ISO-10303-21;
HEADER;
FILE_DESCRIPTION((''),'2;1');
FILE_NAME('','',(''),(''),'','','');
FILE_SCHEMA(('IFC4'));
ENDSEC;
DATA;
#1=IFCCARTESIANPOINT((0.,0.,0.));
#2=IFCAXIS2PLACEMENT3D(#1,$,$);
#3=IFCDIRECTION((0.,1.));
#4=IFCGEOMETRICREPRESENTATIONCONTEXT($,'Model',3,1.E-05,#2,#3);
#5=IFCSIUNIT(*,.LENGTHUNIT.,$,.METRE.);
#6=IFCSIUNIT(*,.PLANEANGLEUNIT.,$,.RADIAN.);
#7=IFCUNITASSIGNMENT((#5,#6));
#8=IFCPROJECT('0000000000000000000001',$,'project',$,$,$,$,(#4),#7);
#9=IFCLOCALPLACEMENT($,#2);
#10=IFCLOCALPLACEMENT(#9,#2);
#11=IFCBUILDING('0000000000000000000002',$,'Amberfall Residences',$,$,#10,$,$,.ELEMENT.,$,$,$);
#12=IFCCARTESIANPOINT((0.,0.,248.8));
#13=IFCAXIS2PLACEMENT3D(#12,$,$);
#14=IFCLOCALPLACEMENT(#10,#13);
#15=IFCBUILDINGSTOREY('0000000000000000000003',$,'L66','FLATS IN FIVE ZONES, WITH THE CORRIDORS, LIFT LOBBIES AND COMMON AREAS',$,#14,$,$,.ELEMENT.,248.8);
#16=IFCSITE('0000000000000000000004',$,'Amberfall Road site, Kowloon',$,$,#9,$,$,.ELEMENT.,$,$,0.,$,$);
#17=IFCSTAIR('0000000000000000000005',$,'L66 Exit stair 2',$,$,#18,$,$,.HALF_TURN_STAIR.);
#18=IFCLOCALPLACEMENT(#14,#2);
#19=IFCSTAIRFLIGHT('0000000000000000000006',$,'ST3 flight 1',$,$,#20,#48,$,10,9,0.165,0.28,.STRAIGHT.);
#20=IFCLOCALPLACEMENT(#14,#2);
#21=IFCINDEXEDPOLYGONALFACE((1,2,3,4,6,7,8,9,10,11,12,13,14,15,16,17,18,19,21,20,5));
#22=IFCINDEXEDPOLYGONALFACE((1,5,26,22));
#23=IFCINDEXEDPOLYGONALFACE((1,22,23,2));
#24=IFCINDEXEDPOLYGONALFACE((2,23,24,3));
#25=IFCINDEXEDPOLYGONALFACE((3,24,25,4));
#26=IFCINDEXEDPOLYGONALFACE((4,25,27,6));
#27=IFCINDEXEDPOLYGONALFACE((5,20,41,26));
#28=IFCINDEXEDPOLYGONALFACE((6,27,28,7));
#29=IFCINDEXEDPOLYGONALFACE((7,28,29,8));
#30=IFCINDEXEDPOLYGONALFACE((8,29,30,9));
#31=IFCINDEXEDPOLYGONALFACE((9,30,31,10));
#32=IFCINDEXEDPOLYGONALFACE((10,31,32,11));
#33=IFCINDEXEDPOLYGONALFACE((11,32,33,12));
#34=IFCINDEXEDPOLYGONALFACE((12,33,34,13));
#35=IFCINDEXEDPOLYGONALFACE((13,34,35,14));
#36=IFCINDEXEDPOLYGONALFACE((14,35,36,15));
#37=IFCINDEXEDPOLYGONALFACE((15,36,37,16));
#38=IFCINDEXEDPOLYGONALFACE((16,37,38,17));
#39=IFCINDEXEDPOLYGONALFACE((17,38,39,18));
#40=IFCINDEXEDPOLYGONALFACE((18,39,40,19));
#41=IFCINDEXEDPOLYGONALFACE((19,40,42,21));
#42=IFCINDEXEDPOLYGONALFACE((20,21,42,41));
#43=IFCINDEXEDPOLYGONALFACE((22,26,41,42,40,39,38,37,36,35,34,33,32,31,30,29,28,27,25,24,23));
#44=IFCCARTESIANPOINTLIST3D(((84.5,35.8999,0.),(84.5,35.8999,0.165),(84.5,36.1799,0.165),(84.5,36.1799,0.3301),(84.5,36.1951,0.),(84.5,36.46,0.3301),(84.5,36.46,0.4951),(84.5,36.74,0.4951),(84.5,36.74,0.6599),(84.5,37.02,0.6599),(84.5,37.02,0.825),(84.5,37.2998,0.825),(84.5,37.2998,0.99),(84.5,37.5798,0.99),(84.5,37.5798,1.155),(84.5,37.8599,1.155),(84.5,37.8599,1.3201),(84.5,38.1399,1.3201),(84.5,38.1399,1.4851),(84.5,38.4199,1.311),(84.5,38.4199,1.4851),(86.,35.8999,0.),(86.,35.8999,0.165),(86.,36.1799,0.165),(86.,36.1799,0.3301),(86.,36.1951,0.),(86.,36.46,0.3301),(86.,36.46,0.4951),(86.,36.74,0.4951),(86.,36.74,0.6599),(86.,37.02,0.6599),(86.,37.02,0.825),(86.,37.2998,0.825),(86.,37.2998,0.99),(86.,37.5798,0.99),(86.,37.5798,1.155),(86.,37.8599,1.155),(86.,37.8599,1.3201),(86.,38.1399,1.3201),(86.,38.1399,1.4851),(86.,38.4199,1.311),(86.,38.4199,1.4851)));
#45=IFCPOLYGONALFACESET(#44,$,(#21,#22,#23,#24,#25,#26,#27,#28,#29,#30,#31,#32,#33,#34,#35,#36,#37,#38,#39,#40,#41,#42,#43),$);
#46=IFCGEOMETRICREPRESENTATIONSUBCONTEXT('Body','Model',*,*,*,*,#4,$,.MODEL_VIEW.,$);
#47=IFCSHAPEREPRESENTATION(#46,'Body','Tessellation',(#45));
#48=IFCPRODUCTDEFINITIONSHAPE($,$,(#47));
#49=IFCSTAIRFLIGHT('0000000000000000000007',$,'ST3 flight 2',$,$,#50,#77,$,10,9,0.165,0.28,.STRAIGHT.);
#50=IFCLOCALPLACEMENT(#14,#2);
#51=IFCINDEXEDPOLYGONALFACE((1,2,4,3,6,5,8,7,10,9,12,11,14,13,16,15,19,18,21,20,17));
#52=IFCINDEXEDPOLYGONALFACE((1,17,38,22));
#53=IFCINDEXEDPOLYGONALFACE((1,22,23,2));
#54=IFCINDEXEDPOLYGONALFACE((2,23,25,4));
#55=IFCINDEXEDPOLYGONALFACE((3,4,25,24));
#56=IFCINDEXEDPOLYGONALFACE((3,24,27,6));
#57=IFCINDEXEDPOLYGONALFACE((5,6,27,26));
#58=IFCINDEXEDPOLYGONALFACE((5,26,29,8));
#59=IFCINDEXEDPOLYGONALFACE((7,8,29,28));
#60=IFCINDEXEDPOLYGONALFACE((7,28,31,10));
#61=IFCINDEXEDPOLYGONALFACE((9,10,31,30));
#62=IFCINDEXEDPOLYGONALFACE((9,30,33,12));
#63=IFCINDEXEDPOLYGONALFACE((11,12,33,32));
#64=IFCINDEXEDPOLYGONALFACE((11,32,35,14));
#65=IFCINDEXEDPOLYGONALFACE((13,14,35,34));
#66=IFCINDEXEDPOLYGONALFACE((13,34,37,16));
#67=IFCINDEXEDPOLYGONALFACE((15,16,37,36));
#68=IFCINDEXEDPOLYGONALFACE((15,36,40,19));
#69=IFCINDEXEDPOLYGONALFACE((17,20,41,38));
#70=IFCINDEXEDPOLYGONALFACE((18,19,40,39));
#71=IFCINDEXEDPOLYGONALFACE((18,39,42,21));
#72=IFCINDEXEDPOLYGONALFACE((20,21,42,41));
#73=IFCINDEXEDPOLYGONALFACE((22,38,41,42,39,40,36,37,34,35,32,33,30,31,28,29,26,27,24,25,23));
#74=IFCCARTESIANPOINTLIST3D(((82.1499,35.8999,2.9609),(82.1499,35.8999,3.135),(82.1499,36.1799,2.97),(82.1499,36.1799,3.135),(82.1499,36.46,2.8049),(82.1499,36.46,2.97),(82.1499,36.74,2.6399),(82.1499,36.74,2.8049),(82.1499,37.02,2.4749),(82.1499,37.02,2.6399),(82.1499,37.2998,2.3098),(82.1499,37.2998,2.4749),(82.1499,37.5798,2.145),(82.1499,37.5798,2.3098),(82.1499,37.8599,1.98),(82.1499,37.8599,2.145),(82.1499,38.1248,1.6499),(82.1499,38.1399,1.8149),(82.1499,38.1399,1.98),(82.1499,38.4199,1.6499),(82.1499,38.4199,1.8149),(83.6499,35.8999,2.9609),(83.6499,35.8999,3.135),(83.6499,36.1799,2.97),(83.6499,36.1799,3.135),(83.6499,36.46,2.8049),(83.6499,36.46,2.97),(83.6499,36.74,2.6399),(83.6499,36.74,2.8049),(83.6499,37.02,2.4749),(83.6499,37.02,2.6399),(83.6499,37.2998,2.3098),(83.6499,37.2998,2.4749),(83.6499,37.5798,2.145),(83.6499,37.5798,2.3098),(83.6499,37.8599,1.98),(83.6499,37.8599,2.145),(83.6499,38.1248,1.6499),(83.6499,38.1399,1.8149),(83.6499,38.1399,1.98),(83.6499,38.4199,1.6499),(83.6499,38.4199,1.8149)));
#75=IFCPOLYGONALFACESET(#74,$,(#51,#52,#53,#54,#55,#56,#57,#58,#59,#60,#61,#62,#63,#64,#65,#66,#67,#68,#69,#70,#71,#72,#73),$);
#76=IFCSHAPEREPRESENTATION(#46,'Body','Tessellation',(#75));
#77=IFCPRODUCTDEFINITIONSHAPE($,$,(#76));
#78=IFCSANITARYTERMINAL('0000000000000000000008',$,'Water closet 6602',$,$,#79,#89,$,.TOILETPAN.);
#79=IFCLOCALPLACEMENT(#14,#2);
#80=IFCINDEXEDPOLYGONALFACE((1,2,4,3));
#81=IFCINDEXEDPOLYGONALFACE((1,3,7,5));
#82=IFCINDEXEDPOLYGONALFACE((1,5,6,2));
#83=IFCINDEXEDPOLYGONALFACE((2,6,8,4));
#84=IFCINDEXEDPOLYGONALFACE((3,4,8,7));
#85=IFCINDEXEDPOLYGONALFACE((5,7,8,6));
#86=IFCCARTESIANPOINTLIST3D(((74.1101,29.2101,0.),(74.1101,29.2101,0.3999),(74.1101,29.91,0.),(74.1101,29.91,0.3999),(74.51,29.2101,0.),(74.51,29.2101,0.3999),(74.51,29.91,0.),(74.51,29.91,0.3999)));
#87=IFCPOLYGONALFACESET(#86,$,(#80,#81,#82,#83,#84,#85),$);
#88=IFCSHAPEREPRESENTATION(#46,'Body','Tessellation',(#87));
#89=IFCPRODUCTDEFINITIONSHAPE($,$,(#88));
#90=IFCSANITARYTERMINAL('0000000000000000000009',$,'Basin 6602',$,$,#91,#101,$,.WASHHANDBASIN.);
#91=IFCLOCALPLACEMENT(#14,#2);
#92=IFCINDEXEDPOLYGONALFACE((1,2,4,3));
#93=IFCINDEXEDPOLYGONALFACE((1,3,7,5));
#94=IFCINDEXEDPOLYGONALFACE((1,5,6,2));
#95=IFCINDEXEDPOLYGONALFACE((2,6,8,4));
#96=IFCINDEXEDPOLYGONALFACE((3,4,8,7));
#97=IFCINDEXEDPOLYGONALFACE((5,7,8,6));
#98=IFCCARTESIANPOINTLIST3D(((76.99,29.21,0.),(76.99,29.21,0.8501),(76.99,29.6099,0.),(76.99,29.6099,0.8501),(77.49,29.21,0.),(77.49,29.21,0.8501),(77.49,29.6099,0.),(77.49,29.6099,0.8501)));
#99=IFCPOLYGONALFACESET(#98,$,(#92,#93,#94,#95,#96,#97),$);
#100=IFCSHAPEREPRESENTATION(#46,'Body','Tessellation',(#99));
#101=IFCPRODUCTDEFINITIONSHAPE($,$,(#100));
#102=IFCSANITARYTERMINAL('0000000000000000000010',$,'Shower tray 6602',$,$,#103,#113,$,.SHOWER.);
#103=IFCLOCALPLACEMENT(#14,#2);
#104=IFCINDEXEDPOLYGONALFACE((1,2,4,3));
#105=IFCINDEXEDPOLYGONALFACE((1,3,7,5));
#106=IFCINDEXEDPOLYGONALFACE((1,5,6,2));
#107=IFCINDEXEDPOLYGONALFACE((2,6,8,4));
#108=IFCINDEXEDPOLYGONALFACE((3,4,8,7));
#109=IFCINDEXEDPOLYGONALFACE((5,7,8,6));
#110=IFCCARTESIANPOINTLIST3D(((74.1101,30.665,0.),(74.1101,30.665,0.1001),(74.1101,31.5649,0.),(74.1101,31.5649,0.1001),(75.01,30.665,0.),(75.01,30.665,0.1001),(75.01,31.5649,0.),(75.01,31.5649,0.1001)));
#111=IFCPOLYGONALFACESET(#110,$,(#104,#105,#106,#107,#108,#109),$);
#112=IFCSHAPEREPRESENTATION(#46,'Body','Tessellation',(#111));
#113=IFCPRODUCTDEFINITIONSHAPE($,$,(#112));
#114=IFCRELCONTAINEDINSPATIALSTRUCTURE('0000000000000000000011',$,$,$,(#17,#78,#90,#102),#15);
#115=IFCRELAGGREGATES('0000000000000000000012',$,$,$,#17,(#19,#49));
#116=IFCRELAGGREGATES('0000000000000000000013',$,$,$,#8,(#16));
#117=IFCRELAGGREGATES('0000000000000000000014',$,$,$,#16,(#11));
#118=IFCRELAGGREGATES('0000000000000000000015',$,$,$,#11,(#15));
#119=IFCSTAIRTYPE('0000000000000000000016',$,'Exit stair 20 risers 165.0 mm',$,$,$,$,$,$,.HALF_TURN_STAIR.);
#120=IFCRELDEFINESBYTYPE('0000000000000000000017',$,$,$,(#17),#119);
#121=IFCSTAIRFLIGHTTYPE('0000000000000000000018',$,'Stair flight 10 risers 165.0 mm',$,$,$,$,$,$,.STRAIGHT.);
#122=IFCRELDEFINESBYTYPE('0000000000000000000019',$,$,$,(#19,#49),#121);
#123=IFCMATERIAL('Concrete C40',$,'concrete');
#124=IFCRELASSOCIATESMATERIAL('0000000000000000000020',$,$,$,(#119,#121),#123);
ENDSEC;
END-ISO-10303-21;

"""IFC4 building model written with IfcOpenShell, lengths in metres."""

from ifc_helpers import new_model, si_unit, direction, frame, origin, origin_2d, place, context, subcontext, project, spatial, polyline, rectangle, outline, extrude, material, type_object, element, aggregate, save


model = new_model("IFC4")

# Units and contexts
model_context = context("Model", 3, precision=1e-05, world=origin(), true_north=direction((0.0, 1.0)))
body_context = subcontext(model_context, "Body", "Model", "MODEL_VIEW")
ifc_project = project(units=[si_unit("LENGTHUNIT", "METRE"), si_unit("PLANEANGLEUNIT", "RADIAN")], contexts=[model_context])

# Site, building, storey
site_placement = place(None, origin())
site = spatial("IfcSite", under=ifc_project, at=site_placement, Name="Amberfall Road site, Kowloon", CompositionType="ELEMENT", RefElevation=0.0)
building_placement = place(site_placement, origin())
building = spatial("IfcBuilding", under=site, at=building_placement, Name="Amberfall Residences", CompositionType="ELEMENT")
storey_placement = place(building_placement, frame((0.0, 0.0, 248.8)))
storey = spatial("IfcBuildingStorey", under=building, at=storey_placement, Name="L66", Description="FLATS IN FIVE ZONES, WITH THE CORRIDORS, LIFT LOBBIES AND COMMON AREAS", CompositionType="ELEMENT", Elevation=248.8)

# Stair, stair flights
ifc_material_1 = material(Name="Concrete C40", Category="concrete")
stair_type = type_object("IfcStairType", Name="Exit stair 20 risers 165.0 mm", PredefinedType="HALF_TURN_STAIR", material=ifc_material_1)
stair_placement = place(storey_placement, origin())
stair = element("IfcStair", 1, at=stair_placement, inside=storey, type_object=stair_type, Name="L66 Exit stair 2", PredefinedType="HALF_TURN_STAIR")
stair_flight_type = type_object("IfcStairFlightType", Name="Stair flight 10 risers 165.0 mm", PredefinedType="STRAIGHT", material=ifc_material_1)
stair_flight_1_placement = place(storey_placement, frame((85.25, 35.8999, 0.0), z_axis=(0.0, 0.0, 1.0), x_axis=(0.0, 1.0, 0.0)))
stair_flight_1 = element("IfcStairFlight", 2, at=stair_flight_1_placement, type_object=stair_flight_type, Name="ST3 flight 1", NumberOfRisers=10, NumberOfTreads=9, PredefinedType="STRAIGHT", RiserHeight=0.165, TreadLength=0.28, context=body_context, shape_type="SweptSolid", body=[
    extrude(outline(polyline([(0.0, 0.0), (0.0, 0.165), (0.28, 0.165), (0.28, 0.3301), (0.5601, 0.3301), (0.5601, 0.4951), (0.8401, 0.4951), (0.8401, 0.6599), (1.1201, 0.6599), (1.1201, 0.825), (1.3999, 0.825), (1.3999, 0.99), (1.6799, 0.99), (1.6799, 1.155), (1.96, 1.155), (1.96, 1.3201), (2.24, 1.3201), (2.24, 1.4851), (2.52, 1.4851), (2.52, 1.6499), (2.52, 1.311), (0.2952, 0.0), (0.0, 0.0)])), frame((0.0, 0.75, 0.0), z_axis=(0.0, -1.0, 0.0), x_axis=(1.0, 0.0, 0.0)), (0.0, 0.0, 1.0), 1.5),
])
stair_flight_2_placement = place(storey_placement, frame((82.8999, 38.4199, 1.6499), z_axis=(0.0, 0.0, 1.0), x_axis=(0.0, -1.0, 0.0)))
stair_flight_2 = element("IfcStairFlight", 3, at=stair_flight_2_placement, type_object=stair_flight_type, Name="ST3 flight 2", NumberOfRisers=10, NumberOfTreads=9, PredefinedType="STRAIGHT", RiserHeight=0.165, TreadLength=0.28, context=body_context, shape_type="SweptSolid", body=[
    extrude(outline(polyline([(0.0, 0.0), (0.0, 0.165), (0.28, 0.165), (0.28, 0.3301), (0.5601, 0.3301), (0.5601, 0.4951), (0.8401, 0.4951), (0.8401, 0.6599), (1.1201, 0.6599), (1.1201, 0.825), (1.3999, 0.825), (1.3999, 0.99), (1.6799, 0.99), (1.6799, 1.155), (1.96, 1.155), (1.96, 1.3201), (2.24, 1.3201), (2.24, 1.4851), (2.52, 1.4851), (2.52, 1.6499), (2.52, 1.311), (0.2952, 0.0), (0.0, 0.0)])), frame((0.0, 0.75, 0.0), z_axis=(0.0, -1.0, 0.0), x_axis=(1.0, 0.0, 0.0)), (0.0, 0.0, 1.0), 1.5),
])
aggregate(stair, [stair_flight_1, stair_flight_2])

# Sanitary terminals
sanitary_terminal_1_placement = place(storey_placement, frame((74.3101, 29.5601, 0.0), z_axis=(0.0, 0.0, 1.0), x_axis=(1.0, 0.0, 0.0)))
element("IfcSanitaryTerminal", 4, at=sanitary_terminal_1_placement, inside=storey, Name="Water closet 6602", PredefinedType="TOILETPAN", context=body_context, shape_type="SweptSolid", body=[
    extrude(rectangle(XDim=0.3999, YDim=0.7, at=origin_2d()), origin(), (0.0, 0.0, 1.0), 0.3999),
])
sanitary_terminal_2_placement = place(storey_placement, frame((77.24, 29.4099, 0.0), z_axis=(0.0, 0.0, 1.0), x_axis=(1.0, 0.0, 0.0)))
element("IfcSanitaryTerminal", 5, at=sanitary_terminal_2_placement, inside=storey, Name="Basin 6602", PredefinedType="WASHHANDBASIN", context=body_context, shape_type="SweptSolid", body=[
    extrude(rectangle(XDim=0.5, YDim=0.3999, at=origin_2d()), origin(), (0.0, 0.0, 1.0), 0.8501),
])
sanitary_terminal_3_placement = place(storey_placement, frame((74.5601, 31.115, 0.0), z_axis=(0.0, 0.0, 1.0), x_axis=(1.0, 0.0, 0.0)))
element("IfcSanitaryTerminal", 6, at=sanitary_terminal_3_placement, inside=storey, Name="Shower tray 6602", PredefinedType="SHOWER", context=body_context, shape_type="SweptSolid", body=[
    extrude(rectangle(XDim=0.8999, YDim=0.8999, at=origin_2d()), origin(), (0.0, 0.0, 1.0), 0.1001),
])

save(model, "model.ifc")
